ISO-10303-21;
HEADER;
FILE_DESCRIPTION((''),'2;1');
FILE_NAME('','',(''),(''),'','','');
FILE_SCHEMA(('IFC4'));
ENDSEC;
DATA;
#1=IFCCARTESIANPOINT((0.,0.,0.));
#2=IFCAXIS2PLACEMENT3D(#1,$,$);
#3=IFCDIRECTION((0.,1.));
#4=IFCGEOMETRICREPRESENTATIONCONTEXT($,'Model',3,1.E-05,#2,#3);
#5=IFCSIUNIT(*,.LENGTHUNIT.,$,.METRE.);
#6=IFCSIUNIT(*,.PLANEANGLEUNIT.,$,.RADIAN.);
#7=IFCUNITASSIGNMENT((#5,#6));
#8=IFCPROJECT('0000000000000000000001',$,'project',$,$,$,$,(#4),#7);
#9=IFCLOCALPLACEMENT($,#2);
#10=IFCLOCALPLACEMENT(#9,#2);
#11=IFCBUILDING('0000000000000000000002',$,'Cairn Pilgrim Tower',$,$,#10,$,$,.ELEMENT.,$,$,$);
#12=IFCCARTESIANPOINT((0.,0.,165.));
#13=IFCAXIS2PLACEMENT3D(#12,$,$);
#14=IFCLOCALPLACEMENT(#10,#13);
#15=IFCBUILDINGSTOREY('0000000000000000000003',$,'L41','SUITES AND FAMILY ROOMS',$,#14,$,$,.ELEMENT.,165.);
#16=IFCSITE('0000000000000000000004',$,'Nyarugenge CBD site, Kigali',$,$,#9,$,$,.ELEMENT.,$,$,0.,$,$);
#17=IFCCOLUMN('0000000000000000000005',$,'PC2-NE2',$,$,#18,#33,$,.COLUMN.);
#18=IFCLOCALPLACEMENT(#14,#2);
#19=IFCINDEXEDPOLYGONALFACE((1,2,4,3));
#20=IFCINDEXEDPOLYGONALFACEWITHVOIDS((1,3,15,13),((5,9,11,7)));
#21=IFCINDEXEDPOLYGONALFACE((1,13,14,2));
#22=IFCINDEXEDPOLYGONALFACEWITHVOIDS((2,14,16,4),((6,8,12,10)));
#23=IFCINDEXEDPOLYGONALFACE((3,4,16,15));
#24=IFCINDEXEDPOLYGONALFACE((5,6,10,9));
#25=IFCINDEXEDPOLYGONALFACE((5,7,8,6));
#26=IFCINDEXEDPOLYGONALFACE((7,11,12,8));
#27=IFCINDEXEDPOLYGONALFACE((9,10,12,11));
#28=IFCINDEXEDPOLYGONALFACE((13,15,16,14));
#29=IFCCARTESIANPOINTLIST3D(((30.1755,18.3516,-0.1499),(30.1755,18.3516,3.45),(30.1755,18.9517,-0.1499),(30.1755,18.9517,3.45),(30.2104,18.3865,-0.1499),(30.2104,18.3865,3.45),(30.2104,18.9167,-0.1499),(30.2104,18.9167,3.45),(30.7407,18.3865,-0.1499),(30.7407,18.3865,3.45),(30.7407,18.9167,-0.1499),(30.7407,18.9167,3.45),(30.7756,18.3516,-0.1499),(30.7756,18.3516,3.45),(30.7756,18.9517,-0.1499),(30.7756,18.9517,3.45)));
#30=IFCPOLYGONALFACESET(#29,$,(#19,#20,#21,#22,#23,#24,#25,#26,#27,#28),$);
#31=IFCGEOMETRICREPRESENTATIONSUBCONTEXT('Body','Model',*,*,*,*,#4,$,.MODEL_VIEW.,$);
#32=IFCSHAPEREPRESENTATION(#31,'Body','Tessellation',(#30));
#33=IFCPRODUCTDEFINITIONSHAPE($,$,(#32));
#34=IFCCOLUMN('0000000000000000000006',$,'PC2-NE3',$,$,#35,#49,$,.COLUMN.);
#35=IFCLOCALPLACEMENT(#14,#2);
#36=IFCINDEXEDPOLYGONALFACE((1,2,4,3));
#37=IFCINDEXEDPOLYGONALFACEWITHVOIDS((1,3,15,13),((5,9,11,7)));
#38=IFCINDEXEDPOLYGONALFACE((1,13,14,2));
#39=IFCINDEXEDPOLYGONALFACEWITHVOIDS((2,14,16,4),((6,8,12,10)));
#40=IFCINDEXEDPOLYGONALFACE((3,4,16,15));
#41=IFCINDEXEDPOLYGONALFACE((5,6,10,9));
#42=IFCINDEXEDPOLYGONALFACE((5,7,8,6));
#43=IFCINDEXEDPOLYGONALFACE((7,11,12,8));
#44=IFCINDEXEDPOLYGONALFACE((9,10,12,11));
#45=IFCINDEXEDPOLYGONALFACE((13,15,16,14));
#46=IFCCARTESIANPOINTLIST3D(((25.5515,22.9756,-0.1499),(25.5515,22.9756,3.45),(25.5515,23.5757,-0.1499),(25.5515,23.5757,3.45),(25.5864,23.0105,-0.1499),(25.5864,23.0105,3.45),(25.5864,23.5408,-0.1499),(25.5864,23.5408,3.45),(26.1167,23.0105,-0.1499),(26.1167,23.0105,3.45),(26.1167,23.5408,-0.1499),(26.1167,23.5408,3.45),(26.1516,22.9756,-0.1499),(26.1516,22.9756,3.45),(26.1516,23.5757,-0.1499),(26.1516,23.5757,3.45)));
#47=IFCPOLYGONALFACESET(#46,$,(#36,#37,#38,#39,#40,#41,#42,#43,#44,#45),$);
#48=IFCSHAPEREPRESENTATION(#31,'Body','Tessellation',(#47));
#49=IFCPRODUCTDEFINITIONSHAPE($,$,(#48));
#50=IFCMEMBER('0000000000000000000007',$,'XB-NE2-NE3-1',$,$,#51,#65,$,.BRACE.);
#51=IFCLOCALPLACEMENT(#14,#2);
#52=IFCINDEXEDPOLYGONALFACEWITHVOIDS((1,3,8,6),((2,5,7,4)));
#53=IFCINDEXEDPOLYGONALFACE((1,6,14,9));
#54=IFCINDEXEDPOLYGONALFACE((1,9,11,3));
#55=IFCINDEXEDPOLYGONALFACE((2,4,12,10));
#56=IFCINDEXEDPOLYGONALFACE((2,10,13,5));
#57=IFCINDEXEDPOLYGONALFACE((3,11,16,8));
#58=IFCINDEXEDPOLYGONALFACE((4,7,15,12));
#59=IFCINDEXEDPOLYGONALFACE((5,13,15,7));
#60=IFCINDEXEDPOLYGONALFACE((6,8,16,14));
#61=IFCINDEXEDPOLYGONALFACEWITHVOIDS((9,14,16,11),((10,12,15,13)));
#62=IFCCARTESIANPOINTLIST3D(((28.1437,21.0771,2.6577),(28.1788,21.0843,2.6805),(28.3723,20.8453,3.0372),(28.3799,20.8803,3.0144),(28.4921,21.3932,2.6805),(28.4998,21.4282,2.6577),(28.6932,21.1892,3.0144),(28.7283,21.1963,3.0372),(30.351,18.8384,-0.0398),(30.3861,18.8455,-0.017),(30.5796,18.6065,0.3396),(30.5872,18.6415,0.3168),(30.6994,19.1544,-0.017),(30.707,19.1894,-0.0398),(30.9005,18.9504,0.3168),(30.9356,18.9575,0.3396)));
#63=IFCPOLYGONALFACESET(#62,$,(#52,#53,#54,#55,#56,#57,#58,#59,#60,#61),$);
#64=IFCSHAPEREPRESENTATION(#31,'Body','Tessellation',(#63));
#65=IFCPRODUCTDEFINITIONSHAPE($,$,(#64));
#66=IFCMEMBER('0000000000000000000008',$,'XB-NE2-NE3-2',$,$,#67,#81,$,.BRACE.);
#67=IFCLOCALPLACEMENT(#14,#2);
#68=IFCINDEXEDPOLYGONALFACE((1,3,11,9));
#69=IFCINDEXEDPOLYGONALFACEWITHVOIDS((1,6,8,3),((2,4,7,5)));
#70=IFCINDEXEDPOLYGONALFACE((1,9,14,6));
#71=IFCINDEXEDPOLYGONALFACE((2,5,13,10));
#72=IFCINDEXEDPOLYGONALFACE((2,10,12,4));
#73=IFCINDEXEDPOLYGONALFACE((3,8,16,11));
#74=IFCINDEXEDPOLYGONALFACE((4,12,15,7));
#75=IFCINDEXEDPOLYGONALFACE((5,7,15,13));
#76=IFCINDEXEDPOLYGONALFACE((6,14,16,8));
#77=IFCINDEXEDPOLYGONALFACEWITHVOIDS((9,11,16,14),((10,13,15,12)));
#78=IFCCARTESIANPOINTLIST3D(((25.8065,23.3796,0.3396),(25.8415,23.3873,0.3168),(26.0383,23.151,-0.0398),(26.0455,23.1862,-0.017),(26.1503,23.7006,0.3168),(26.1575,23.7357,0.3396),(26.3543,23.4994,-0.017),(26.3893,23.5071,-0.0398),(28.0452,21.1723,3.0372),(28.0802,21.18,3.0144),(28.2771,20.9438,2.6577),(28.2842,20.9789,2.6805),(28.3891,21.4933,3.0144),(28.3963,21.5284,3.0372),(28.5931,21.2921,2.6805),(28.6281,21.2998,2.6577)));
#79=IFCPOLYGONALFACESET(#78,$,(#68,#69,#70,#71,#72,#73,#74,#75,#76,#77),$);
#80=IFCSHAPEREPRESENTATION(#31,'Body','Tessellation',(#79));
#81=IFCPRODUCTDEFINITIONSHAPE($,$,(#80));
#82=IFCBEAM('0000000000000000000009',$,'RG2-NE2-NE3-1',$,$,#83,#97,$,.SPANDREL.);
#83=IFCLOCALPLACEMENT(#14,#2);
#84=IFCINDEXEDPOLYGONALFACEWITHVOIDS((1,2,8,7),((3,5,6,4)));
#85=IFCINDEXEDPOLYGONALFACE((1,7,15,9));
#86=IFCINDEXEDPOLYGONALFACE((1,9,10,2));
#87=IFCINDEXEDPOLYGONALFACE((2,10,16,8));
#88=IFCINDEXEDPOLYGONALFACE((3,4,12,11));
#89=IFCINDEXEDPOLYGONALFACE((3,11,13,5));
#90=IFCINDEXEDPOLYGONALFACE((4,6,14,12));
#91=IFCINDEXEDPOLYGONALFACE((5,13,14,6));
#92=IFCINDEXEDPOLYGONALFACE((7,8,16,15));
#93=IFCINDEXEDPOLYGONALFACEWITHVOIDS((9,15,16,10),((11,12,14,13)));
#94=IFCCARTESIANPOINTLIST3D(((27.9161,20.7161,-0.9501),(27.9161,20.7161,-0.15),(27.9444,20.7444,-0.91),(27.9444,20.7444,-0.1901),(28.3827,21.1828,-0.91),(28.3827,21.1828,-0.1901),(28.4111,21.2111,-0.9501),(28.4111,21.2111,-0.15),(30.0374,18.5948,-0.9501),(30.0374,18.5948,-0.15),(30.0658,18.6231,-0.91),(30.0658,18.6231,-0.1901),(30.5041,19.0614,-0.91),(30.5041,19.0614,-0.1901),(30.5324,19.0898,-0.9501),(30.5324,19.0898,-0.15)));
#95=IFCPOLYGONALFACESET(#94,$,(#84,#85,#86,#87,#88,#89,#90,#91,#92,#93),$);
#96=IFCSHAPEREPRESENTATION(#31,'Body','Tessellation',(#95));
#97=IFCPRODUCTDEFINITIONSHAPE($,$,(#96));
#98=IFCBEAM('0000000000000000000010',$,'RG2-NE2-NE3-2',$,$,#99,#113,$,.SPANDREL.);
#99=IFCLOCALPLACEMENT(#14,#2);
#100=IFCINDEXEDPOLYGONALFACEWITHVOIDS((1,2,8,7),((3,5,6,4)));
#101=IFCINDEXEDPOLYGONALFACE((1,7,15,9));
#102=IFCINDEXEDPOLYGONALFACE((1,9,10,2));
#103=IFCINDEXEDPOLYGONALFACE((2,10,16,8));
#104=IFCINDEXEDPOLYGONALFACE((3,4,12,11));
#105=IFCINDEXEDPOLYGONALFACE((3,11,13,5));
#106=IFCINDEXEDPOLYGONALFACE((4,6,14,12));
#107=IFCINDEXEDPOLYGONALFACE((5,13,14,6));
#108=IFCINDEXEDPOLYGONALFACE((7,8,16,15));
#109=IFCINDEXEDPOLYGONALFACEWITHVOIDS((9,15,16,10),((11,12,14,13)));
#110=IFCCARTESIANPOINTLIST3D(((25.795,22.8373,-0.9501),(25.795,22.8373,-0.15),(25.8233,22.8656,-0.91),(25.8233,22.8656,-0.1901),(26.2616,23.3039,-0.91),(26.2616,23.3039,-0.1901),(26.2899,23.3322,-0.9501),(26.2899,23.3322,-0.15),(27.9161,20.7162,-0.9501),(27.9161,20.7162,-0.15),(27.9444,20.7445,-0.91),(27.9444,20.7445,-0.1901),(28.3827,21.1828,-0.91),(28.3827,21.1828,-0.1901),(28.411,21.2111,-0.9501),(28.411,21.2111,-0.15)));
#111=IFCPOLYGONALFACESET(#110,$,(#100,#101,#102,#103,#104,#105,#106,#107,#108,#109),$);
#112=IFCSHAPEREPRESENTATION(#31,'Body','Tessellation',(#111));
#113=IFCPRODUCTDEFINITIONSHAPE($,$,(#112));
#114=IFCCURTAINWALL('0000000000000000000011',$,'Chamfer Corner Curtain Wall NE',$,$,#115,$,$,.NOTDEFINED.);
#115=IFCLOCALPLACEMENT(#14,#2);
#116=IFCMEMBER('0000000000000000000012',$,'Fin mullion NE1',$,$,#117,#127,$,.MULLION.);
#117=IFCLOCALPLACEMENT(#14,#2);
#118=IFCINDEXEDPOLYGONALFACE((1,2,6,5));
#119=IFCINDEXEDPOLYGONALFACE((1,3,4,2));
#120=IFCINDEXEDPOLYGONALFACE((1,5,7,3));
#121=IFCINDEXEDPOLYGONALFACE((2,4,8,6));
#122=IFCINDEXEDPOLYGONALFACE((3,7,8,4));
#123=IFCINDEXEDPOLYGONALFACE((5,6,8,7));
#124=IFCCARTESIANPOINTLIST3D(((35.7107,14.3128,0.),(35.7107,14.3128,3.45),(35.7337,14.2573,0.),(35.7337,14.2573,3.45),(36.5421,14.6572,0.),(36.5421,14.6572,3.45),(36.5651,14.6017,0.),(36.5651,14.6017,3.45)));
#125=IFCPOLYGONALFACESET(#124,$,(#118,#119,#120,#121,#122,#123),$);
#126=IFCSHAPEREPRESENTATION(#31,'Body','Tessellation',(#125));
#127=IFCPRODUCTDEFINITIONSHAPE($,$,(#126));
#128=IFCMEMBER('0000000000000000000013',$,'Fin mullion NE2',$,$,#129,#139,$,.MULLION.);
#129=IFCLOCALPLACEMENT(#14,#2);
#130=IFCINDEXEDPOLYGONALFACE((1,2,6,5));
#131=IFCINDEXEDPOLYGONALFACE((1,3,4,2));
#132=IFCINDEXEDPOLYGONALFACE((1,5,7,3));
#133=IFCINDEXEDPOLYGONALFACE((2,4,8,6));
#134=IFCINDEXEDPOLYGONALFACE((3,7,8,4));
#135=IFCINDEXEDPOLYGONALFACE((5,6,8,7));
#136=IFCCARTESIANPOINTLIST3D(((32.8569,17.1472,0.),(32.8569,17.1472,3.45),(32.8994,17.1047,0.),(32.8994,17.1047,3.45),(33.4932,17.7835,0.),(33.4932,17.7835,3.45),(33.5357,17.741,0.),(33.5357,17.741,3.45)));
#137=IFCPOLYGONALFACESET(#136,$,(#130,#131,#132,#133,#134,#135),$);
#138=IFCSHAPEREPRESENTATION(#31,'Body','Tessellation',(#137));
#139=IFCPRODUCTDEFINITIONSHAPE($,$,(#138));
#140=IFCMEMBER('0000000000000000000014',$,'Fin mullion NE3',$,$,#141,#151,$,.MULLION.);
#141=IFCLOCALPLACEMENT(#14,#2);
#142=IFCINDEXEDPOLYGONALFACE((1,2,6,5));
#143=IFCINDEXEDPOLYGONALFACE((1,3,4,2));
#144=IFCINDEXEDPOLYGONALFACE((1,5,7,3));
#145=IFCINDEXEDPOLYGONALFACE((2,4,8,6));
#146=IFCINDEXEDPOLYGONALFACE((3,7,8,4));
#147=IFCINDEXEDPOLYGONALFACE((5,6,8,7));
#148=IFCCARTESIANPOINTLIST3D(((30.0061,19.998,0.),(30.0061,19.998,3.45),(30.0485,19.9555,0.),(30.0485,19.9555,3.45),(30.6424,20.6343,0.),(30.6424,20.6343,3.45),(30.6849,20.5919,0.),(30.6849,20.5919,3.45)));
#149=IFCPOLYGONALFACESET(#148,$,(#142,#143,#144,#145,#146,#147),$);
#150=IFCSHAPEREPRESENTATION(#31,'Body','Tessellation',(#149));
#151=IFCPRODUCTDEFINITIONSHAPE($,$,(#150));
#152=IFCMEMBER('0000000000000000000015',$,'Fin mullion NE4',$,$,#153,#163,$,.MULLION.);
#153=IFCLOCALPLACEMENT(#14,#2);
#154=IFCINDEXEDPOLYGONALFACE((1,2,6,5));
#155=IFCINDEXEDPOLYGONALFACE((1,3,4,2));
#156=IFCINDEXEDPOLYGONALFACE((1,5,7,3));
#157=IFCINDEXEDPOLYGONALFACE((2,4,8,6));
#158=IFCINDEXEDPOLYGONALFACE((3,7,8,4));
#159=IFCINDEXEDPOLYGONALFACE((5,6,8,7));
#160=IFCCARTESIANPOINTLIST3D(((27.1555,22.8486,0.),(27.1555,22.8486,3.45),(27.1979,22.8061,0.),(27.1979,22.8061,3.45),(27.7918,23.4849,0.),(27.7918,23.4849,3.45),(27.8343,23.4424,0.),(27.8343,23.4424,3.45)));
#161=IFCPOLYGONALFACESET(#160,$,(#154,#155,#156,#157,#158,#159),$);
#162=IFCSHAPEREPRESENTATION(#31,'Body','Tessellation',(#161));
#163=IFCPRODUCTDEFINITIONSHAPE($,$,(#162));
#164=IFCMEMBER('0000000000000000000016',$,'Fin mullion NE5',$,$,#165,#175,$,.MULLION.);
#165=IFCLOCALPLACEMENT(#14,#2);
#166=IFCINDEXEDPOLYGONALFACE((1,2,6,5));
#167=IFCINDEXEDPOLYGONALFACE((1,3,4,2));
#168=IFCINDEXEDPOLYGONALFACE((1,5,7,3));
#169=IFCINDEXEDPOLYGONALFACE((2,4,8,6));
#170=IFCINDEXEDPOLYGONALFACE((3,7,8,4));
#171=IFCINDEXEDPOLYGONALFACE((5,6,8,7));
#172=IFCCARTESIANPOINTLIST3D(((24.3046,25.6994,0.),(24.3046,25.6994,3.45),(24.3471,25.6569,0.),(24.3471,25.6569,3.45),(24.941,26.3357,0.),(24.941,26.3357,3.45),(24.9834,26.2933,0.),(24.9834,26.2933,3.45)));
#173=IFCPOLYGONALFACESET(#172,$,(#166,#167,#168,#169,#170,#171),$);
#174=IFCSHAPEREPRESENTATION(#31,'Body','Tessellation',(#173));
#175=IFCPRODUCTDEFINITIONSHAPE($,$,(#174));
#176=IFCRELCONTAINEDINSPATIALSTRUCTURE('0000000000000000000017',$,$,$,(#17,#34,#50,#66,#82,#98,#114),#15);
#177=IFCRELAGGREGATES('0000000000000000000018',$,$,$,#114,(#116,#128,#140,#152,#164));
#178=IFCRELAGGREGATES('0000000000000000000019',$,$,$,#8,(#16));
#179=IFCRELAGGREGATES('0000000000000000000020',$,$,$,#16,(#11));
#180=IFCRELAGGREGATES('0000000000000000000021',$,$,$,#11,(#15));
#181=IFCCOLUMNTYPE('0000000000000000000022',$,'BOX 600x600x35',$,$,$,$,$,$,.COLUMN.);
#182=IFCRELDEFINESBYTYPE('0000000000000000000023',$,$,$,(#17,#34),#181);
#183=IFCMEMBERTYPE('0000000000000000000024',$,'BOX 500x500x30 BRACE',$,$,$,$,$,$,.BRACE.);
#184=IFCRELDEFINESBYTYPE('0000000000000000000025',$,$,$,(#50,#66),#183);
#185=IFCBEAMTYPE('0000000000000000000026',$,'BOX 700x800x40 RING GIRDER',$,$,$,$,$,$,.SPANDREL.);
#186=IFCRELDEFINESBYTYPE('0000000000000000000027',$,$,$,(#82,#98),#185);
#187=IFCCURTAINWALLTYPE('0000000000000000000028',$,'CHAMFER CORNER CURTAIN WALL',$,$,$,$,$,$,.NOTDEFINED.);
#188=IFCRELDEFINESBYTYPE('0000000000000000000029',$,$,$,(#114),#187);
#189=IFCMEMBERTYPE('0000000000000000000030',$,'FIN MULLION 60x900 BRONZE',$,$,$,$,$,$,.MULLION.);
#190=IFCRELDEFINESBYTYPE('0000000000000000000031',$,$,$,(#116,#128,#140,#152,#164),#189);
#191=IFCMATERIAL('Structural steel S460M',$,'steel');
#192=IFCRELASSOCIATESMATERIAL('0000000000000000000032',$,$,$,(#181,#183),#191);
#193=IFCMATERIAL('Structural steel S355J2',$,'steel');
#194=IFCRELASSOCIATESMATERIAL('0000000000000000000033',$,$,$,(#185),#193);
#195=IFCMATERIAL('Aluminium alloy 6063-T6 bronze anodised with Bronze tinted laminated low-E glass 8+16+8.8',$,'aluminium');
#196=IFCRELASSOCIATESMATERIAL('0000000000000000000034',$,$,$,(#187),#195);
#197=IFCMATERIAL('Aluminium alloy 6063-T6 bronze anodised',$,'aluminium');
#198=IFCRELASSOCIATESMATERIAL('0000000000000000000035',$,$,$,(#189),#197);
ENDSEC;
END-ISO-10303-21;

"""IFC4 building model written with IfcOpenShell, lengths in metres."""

from ifc_helpers import new_model, si_unit, direction, frame, origin, origin_2d, place, context, subcontext, project, spatial, rectangle, hollow_rectangle, extrude, material, material_profile, profile_set, type_object, element, aggregate, save


model = new_model("IFC4")

# Units and contexts
model_context = context("Model", 3, precision=1e-05, world=origin(), true_north=direction((0.0, 1.0)))
body_context = subcontext(model_context, "Body", "Model", "MODEL_VIEW")
ifc_project = project(units=[si_unit("LENGTHUNIT", "METRE"), si_unit("PLANEANGLEUNIT", "RADIAN")], contexts=[model_context])

# Site, building, storey
site_placement = place(None, origin())
site = spatial("IfcSite", under=ifc_project, at=site_placement, Name="Nyarugenge CBD site, Kigali", CompositionType="ELEMENT", RefElevation=0.0)
building_placement = place(site_placement, origin())
building = spatial("IfcBuilding", under=site, at=building_placement, Name="Cairn Pilgrim Tower", CompositionType="ELEMENT")
storey_placement = place(building_placement, frame((0.0, 0.0, 165.0)))
storey = spatial("IfcBuildingStorey", under=building, at=storey_placement, Name="L41", Description="SUITES AND FAMILY ROOMS", CompositionType="ELEMENT", Elevation=165.0)

# Columns
ifc_material_1 = material(Name="Structural steel S460M", Category="steel")
ifc_material_profile_1 = material_profile(ifc_material_1, hollow_rectangle(XDim=0.6001, YDim=0.6001, WallThickness=0.0349, at=origin_2d()), Name="BOX 600x600x35")
ifc_profile_set_1 = profile_set([ifc_material_profile_1], Name="Structural steel S460M")
column_type = type_object("IfcColumnType", Name="BOX 600x600x35", PredefinedType="COLUMN", material=ifc_profile_set_1)
for number, where, z_axis, x_axis, name in (
    (1, (30.4756, 18.6516, -0.1499), (0.0, 0.0, 1.0), (1.0, 0.0, 0.0), "PC2-NE2"),
    (2, (25.8516, 23.2756, -0.1499), (0.0, 0.0, 1.0), (1.0, 0.0, 0.0), "PC2-NE3"),
):
    element("IfcColumn", number, at=place(storey_placement, frame(where, z_axis=z_axis, x_axis=x_axis)), inside=storey, type_object=column_type, Name=name, PredefinedType="COLUMN", context=body_context, shape_type="SweptSolid", body=[
        extrude(hollow_rectangle(XDim=0.6001, YDim=0.6001, WallThickness=0.0349, at=origin_2d()), origin(), (0.0, 0.0, 1.0), 3.5999),
    ])

# Members
ifc_material_profile_2 = material_profile(ifc_material_1, hollow_rectangle(XDim=0.5, YDim=0.5, WallThickness=0.03, at=origin_2d()), Name="BOX 500x500x30")
ifc_profile_set_2 = profile_set([ifc_material_profile_2], Name="Structural steel S460M")
member_type_1 = type_object("IfcMemberType", Name="BOX 500x500x30 BRACE", PredefinedType="BRACE", material=ifc_profile_set_2)
for number, where, z_axis, x_axis, name in (
    (3, (30.6433, 18.8979, 0.1499), (-0.53283, 0.540433, 0.651171), (-0.712098, -0.70208, 0.0), "XB-NE2-NE3-1"),
    (4, (26.0979, 23.4434, 0.1499), (0.540433, -0.53283, 0.651171), (0.70208, 0.712098, 0.0), "XB-NE2-NE3-2"),
):
    element("IfcMember", number, at=place(storey_placement, frame(where, z_axis=z_axis, x_axis=x_axis)), inside=storey, type_object=member_type_1, Name=name, PredefinedType="BRACE", context=body_context, shape_type="SweptSolid", body=[
        extrude(hollow_rectangle(XDim=0.5, YDim=0.5, WallThickness=0.03, at=origin_2d()), origin(), (0.0, 0.0, 1.0), 4.1426),
    ])

# Beams
ifc_material_2 = material(Name="Structural steel S355J2", Category="steel")
ifc_material_profile_3 = material_profile(ifc_material_2, hollow_rectangle(XDim=0.7, YDim=0.8, WallThickness=0.04, at=origin_2d()), Name="BOX 700x800x40")
ifc_profile_set_3 = profile_set([ifc_material_profile_3], Name="Structural steel S355J2")
beam_type_1 = type_object("IfcBeamType", Name="BOX 700x800x40 RING GIRDER", PredefinedType="SPANDREL", material=ifc_profile_set_3)
beam_1_placement = place(storey_placement, frame((30.2849, 18.8423, -0.55), z_axis=(-0.707107, 0.707107, 0.0), x_axis=(-0.707107, -0.707107, 0.0)))
element("IfcBeam", 5, at=beam_1_placement, inside=storey, type_object=beam_type_1, Name="RG2-NE2-NE3-1", PredefinedType="SPANDREL", context=body_context, shape_type="SweptSolid", body=[
    extrude(hollow_rectangle(XDim=0.7, YDim=0.8, WallThickness=0.04, at=origin_2d()), origin(), (0.0, 0.0, 1.0), 3.0),
])
beam_2_placement = place(storey_placement, frame((28.1636, 20.9636, -0.55), z_axis=(-0.707107, 0.707107, 0.0), x_axis=(-0.707107, -0.707107, 0.0)))
element("IfcBeam", 6, at=beam_2_placement, inside=storey, type_object=beam_type_1, Name="RG2-NE2-NE3-2", PredefinedType="SPANDREL", context=body_context, shape_type="SweptSolid", body=[
    extrude(hollow_rectangle(XDim=0.7, YDim=0.8, WallThickness=0.04, at=origin_2d()), origin(), (0.0, 0.0, 1.0), 2.9998),
])

# Curtain wall, members
ifc_material_3 = material(Name="Aluminium alloy 6063-T6 bronze anodised with Bronze tinted laminated low-E glass 8+16+8.8", Category="aluminium")
curtain_wall_type = type_object("IfcCurtainWallType", Name="CHAMFER CORNER CURTAIN WALL", PredefinedType="NOTDEFINED", material=ifc_material_3)
curtain_wall_placement = place(storey_placement, origin())
curtain_wall = element("IfcCurtainWall", 7, at=curtain_wall_placement, inside=storey, type_object=curtain_wall_type, Name="Chamfer Corner Curtain Wall NE", PredefinedType="NOTDEFINED")
ifc_material_4 = material(Name="Aluminium alloy 6063-T6 bronze anodised", Category="aluminium")
ifc_material_profile_4 = material_profile(ifc_material_4, rectangle(XDim=0.8999, YDim=0.0601, at=origin_2d()), Name="FIN MULLION 60x900 BRONZE")
ifc_profile_set_4 = profile_set([ifc_material_profile_4], Name="Aluminium alloy 6063-T6 bronze anodised")
member_type_2 = type_object("IfcMemberType", Name="FIN MULLION 60x900 BRONZE", PredefinedType="MULLION", material=ifc_profile_set_4)
member_1_placement = place(storey_placement, frame((36.1379, 14.4573, 0.0), z_axis=(0.0, 0.0, 1.0), x_axis=(0.92388, 0.382683, 0.0)))
member_1 = element("IfcMember", 8, at=member_1_placement, type_object=member_type_2, Name="Fin mullion NE1", PredefinedType="MULLION", context=body_context, shape_type="SweptSolid", body=[
    extrude(rectangle(XDim=0.8999, YDim=0.0601, at=origin_2d()), origin(), (0.0, 0.0, 1.0), 3.45),
])
member_2_placement = place(storey_placement, frame((33.1963, 17.4441, 0.0), z_axis=(0.0, 0.0, 1.0), x_axis=(0.707107, 0.707107, 0.0)))
member_2 = element("IfcMember", 9, at=member_2_placement, type_object=member_type_2, Name="Fin mullion NE2", PredefinedType="MULLION", context=body_context, shape_type="SweptSolid", body=[
    extrude(rectangle(XDim=0.8999, YDim=0.0601, at=origin_2d()), origin(), (0.0, 0.0, 1.0), 3.45),
])
member_3_placement = place(storey_placement, frame((30.3455, 20.2949, 0.0), z_axis=(0.0, 0.0, 1.0), x_axis=(0.707107, 0.707107, 0.0)))
member_3 = element("IfcMember", 10, at=member_3_placement, type_object=member_type_2, Name="Fin mullion NE3", PredefinedType="MULLION", context=body_context, shape_type="SweptSolid", body=[
    extrude(rectangle(XDim=0.8999, YDim=0.0601, at=origin_2d()), origin(), (0.0, 0.0, 1.0), 3.45),
])
member_4_placement = place(storey_placement, frame((27.4949, 23.1455, 0.0), z_axis=(0.0, 0.0, 1.0), x_axis=(0.707107, 0.707107, 0.0)))
member_4 = element("IfcMember", 11, at=member_4_placement, type_object=member_type_2, Name="Fin mullion NE4", PredefinedType="MULLION", context=body_context, shape_type="SweptSolid", body=[
    extrude(rectangle(XDim=0.8999, YDim=0.0601, at=origin_2d()), origin(), (0.0, 0.0, 1.0), 3.45),
])
member_5_placement = place(storey_placement, frame((24.644, 25.9963, 0.0), z_axis=(0.0, 0.0, 1.0), x_axis=(0.707107, 0.707107, 0.0)))
member_5 = element("IfcMember", 12, at=member_5_placement, type_object=member_type_2, Name="Fin mullion NE5", PredefinedType="MULLION", context=body_context, shape_type="SweptSolid", body=[
    extrude(rectangle(XDim=0.8999, YDim=0.0601, at=origin_2d()), origin(), (0.0, 0.0, 1.0), 3.45),
])

aggregate(curtain_wall, [member_1, member_2, member_3, member_4, member_5])

save(model, "model.ifc")
